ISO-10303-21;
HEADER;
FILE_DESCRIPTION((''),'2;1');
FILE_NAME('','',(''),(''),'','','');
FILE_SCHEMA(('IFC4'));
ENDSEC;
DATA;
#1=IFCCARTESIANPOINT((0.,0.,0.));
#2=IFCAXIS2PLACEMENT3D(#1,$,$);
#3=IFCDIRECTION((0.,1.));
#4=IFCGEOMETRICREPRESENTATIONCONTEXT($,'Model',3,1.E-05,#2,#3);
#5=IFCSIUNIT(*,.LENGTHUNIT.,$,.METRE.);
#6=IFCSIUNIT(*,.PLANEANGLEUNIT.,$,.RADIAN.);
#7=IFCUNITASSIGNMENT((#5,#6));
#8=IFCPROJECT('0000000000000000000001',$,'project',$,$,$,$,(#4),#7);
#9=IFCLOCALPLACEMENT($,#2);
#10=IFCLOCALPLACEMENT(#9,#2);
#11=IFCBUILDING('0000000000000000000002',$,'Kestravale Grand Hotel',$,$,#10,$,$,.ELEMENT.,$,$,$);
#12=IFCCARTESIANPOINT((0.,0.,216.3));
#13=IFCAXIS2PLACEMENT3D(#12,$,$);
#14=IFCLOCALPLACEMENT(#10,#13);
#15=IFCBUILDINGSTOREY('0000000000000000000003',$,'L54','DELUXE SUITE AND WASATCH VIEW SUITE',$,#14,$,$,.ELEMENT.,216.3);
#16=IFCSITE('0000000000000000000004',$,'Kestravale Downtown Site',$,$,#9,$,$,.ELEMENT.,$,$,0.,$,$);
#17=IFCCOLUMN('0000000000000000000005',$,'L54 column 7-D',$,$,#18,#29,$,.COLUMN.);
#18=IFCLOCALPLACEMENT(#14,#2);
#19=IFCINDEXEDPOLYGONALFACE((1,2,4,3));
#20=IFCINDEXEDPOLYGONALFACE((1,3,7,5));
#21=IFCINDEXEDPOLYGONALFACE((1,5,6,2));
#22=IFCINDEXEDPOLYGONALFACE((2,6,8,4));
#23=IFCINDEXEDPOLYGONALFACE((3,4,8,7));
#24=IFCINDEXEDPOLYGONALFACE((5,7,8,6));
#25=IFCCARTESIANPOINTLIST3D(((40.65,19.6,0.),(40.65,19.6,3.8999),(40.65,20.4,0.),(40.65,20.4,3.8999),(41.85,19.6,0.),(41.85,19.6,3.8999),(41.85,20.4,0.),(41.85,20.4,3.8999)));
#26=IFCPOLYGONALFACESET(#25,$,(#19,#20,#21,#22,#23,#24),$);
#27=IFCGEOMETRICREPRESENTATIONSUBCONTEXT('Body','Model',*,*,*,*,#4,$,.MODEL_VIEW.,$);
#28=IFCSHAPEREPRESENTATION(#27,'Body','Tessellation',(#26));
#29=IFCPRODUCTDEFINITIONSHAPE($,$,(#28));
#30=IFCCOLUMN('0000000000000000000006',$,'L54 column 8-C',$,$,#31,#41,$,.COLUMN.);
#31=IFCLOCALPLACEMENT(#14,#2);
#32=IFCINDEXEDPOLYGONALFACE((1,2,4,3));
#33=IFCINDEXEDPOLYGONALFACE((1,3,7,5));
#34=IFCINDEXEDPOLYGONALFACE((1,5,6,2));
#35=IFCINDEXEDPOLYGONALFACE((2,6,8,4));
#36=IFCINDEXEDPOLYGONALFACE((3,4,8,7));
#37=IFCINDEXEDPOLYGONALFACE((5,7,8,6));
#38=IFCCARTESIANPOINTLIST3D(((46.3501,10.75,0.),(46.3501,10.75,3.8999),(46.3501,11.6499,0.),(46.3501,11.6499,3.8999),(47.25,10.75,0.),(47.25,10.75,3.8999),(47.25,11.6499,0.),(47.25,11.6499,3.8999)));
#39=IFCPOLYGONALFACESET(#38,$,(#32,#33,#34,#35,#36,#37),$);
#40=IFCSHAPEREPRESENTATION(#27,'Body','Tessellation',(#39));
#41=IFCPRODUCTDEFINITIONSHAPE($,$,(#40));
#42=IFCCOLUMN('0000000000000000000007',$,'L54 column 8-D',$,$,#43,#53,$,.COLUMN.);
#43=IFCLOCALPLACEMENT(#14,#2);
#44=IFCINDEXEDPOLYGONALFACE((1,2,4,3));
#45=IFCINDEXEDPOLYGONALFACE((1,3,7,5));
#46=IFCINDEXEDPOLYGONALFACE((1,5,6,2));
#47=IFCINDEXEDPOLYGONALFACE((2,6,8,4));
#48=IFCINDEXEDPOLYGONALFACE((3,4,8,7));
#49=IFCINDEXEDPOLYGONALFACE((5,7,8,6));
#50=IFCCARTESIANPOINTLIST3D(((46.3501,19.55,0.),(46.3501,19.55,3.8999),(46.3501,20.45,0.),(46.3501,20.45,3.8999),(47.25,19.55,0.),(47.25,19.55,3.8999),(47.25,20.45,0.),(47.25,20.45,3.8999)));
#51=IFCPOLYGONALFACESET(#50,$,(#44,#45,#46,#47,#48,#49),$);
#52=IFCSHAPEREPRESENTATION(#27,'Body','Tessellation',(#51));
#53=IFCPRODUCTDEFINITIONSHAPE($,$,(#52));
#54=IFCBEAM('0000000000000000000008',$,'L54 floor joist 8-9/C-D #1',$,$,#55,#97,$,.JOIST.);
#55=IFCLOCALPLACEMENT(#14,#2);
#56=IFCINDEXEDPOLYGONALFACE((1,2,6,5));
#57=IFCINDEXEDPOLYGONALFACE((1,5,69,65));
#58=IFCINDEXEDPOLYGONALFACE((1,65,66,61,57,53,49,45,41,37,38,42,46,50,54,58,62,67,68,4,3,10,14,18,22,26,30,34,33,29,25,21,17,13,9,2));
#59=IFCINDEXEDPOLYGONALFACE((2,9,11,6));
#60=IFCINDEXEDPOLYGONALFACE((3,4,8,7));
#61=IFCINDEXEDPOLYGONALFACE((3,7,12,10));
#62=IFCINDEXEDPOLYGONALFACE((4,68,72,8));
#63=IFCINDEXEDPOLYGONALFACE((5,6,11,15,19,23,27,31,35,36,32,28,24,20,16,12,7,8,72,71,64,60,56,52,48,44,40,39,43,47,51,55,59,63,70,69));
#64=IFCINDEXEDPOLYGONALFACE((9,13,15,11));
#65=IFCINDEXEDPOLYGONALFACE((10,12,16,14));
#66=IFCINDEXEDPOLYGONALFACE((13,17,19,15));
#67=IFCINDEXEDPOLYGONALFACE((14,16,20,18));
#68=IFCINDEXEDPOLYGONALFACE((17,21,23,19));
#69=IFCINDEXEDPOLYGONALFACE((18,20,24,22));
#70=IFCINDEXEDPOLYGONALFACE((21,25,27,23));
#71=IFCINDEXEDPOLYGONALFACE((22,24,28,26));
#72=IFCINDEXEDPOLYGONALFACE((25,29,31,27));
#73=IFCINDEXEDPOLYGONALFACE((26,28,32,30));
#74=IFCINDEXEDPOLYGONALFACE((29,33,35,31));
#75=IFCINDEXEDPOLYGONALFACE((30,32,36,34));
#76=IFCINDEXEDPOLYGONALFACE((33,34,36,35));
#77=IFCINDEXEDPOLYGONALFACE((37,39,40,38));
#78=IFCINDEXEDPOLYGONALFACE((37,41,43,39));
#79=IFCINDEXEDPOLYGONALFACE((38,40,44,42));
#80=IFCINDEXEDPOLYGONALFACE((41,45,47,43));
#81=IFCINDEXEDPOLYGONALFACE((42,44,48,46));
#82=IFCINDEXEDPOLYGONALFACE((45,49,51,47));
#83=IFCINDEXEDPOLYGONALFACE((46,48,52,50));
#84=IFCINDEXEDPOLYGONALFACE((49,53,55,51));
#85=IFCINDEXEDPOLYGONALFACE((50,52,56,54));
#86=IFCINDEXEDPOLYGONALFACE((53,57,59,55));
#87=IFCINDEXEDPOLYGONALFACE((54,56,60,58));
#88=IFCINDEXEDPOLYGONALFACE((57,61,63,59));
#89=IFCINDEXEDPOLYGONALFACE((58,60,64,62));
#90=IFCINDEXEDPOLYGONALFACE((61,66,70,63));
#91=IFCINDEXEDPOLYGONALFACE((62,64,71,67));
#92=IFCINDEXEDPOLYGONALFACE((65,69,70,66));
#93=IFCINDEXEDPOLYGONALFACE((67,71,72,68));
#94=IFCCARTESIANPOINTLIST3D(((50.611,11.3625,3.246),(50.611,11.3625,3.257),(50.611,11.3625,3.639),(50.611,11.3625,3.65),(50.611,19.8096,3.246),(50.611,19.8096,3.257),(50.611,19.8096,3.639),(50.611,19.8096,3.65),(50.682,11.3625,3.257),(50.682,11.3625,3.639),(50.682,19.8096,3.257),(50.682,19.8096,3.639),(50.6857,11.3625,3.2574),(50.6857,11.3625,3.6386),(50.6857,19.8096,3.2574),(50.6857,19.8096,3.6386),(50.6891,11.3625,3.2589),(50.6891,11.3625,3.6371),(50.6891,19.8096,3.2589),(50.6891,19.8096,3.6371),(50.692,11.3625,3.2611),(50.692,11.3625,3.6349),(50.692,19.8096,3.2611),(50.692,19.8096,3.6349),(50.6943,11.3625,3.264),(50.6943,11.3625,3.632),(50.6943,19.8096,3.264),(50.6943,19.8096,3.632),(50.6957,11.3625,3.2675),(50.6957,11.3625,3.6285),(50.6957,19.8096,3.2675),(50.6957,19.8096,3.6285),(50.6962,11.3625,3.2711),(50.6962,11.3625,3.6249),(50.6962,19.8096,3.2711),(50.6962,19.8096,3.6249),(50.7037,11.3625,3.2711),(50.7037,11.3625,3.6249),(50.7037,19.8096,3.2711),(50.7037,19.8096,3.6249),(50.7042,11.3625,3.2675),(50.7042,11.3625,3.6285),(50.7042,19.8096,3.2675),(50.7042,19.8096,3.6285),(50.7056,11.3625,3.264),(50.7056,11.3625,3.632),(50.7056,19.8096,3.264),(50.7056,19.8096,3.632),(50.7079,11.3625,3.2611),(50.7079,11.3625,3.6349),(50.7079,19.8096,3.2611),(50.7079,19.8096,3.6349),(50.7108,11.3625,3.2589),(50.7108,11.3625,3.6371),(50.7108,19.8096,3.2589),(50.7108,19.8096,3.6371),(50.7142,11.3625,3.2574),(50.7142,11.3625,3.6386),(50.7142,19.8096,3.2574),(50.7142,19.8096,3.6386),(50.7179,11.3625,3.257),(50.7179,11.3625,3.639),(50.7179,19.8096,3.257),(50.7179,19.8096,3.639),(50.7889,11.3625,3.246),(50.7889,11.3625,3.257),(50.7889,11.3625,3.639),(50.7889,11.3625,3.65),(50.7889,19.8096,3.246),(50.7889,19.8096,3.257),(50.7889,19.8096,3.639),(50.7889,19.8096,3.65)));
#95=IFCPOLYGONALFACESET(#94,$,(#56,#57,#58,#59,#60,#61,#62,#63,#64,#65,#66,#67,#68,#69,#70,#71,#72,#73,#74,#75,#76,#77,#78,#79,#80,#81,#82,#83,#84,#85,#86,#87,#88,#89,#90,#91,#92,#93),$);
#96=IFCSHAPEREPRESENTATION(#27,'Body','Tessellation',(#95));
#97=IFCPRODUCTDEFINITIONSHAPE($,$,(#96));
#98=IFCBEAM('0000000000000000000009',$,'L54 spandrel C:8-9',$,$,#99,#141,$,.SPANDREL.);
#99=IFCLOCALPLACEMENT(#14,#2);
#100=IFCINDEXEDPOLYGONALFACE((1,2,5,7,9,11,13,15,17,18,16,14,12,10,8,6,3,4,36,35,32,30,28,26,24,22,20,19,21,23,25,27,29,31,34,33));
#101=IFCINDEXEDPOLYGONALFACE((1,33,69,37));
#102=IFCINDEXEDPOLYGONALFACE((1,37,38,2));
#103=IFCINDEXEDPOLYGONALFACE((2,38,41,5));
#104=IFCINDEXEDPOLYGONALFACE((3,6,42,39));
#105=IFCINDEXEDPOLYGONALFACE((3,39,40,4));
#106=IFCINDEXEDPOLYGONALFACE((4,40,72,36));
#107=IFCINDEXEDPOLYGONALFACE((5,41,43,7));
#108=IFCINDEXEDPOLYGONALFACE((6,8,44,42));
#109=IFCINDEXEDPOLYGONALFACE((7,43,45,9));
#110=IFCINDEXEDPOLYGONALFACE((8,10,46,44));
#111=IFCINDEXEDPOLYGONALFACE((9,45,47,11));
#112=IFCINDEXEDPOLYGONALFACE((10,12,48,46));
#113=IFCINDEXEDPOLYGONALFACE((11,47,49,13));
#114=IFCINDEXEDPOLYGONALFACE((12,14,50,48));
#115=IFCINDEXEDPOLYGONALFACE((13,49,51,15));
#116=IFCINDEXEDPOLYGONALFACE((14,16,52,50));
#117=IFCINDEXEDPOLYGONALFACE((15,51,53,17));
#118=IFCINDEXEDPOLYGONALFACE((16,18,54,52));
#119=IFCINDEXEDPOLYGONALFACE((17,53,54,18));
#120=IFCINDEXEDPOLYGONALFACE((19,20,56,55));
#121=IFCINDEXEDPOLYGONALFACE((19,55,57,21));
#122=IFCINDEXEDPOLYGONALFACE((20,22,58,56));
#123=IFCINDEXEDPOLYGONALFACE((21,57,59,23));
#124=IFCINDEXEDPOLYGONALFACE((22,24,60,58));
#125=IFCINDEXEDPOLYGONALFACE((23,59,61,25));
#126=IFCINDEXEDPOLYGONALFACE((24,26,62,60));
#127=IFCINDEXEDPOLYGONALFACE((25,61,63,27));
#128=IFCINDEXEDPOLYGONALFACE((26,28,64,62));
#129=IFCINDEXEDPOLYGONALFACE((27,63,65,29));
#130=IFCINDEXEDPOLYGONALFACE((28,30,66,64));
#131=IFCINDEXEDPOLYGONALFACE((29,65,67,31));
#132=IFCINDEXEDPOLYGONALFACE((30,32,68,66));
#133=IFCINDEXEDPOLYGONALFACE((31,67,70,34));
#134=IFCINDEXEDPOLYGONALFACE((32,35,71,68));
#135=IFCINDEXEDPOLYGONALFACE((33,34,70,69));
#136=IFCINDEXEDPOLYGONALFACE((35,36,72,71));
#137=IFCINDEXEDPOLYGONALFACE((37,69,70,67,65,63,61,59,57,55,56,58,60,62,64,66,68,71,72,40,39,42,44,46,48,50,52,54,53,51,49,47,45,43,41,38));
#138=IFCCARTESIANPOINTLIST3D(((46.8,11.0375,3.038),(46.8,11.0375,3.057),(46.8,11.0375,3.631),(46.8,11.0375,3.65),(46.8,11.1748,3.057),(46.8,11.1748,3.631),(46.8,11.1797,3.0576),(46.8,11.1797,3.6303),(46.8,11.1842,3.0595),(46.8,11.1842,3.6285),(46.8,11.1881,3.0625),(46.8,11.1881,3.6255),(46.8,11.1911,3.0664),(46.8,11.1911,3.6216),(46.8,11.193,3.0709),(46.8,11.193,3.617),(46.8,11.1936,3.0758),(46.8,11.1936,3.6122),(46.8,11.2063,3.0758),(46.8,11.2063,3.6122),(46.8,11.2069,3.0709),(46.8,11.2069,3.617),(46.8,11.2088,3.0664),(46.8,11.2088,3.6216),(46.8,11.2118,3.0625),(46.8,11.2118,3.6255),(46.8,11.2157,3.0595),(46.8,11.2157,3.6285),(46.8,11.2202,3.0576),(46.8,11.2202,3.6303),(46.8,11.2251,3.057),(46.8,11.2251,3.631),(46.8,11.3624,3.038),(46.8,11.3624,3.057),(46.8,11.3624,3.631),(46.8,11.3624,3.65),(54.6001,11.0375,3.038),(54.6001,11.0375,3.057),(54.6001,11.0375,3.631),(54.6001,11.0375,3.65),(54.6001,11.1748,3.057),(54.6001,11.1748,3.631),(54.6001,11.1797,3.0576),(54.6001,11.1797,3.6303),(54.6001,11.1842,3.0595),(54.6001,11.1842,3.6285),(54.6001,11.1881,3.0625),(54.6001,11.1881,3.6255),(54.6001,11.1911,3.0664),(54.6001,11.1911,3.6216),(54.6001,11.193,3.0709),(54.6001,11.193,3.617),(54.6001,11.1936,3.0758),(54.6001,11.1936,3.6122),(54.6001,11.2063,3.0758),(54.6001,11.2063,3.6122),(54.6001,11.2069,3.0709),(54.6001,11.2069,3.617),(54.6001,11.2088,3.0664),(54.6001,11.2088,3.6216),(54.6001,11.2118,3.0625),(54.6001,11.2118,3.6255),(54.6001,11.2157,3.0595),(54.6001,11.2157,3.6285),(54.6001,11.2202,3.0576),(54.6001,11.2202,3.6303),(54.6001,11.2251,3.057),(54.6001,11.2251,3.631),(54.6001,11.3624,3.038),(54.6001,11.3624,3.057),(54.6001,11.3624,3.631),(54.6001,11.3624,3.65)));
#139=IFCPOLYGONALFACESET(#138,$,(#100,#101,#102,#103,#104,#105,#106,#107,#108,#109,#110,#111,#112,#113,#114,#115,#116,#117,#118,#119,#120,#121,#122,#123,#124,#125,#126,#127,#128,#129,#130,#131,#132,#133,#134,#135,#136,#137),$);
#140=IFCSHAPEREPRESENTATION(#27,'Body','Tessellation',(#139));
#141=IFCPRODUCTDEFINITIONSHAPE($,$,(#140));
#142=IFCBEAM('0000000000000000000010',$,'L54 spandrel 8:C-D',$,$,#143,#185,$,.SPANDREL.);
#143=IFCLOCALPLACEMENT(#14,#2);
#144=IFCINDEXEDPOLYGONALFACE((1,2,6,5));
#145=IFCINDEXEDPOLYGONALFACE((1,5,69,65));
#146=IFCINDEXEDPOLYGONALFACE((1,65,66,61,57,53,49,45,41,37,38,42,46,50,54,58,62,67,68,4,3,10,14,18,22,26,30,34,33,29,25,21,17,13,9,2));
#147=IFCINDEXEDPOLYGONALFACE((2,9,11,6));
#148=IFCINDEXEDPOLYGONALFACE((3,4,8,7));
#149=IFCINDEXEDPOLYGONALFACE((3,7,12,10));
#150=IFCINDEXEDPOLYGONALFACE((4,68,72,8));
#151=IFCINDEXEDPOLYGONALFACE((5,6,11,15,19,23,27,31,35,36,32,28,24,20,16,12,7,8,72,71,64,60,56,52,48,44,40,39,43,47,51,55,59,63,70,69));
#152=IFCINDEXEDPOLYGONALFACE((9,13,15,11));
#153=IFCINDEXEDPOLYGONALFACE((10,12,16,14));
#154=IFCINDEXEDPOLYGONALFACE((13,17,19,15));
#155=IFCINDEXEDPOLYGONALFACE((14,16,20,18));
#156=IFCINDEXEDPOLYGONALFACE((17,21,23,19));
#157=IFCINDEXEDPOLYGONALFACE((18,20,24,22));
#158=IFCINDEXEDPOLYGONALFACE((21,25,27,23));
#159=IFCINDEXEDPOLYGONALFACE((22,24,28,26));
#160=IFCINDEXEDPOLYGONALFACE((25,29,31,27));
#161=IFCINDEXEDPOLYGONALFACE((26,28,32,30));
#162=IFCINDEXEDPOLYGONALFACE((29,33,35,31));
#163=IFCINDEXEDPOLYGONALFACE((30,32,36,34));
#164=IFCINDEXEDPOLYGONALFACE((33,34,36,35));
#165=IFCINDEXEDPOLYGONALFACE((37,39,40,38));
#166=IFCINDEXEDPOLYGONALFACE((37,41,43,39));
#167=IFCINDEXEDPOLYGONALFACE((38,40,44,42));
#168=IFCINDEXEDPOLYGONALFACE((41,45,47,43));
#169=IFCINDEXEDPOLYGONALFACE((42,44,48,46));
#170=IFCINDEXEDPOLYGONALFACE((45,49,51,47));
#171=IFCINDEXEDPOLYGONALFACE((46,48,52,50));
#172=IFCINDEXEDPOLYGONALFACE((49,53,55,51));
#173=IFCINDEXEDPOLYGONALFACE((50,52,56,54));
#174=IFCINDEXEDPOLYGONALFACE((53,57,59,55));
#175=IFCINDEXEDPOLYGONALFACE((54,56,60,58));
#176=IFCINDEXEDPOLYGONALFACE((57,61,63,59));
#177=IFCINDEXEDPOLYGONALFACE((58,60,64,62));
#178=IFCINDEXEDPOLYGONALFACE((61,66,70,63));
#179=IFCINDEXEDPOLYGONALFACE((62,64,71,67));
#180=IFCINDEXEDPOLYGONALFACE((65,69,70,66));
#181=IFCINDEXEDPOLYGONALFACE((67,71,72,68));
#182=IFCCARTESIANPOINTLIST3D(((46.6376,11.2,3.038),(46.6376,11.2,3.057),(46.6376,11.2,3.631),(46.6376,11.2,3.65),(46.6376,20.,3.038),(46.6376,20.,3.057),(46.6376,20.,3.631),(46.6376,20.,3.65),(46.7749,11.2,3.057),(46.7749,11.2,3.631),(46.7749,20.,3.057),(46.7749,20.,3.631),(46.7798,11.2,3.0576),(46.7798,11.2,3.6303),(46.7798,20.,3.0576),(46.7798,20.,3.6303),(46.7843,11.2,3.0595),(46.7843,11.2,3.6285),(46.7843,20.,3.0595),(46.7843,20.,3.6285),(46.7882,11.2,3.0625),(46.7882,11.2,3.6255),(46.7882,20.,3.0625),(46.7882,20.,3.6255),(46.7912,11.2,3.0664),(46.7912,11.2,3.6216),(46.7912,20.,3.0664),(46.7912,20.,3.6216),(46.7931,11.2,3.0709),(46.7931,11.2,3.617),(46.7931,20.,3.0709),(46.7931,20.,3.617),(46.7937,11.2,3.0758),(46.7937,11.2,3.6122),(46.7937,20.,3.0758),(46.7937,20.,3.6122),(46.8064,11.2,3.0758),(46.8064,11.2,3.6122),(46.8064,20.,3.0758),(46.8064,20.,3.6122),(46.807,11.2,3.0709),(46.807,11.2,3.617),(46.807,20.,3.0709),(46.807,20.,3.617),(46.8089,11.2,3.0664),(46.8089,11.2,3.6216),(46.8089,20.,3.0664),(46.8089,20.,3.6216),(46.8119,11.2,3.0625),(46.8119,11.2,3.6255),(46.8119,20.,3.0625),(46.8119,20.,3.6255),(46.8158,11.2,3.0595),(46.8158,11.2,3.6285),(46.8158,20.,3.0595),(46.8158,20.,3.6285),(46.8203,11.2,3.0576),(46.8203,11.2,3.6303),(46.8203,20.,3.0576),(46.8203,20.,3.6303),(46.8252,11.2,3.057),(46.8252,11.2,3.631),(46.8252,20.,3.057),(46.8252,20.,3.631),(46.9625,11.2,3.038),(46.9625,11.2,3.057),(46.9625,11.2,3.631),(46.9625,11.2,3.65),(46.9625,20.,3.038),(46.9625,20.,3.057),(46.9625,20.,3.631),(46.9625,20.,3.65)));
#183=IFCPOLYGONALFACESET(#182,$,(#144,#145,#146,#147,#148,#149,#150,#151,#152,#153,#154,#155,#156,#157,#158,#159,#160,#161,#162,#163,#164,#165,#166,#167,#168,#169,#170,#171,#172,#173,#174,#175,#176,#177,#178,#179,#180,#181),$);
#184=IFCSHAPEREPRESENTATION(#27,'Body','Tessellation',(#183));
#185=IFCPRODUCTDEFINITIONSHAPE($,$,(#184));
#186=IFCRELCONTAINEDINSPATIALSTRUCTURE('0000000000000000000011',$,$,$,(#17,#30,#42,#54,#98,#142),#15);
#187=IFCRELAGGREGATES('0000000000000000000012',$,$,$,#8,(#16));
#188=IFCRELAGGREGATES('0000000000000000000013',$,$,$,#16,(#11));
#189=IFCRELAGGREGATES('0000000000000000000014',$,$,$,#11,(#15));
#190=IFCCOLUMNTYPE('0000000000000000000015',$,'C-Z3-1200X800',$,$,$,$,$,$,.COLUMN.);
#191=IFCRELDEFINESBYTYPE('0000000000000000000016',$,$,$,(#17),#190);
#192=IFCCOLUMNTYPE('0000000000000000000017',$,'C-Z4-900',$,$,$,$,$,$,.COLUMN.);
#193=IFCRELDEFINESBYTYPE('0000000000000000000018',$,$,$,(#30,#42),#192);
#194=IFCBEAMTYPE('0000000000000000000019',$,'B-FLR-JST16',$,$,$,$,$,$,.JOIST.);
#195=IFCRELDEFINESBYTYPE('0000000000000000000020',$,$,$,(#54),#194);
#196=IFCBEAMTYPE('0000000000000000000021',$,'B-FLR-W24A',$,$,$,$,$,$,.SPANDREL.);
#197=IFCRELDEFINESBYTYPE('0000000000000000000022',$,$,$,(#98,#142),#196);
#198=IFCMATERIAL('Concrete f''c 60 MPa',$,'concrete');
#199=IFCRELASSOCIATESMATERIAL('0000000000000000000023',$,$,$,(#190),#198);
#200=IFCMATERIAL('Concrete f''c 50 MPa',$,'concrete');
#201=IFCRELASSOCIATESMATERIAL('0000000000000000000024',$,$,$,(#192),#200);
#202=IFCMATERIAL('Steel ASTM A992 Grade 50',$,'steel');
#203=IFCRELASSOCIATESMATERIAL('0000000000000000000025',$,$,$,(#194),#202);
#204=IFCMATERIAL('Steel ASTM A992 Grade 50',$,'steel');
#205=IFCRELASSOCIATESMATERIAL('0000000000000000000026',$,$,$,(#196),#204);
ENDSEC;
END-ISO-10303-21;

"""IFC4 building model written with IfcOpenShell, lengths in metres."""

from ifc_helpers import new_model, si_unit, direction, frame, origin, origin_2d, place, context, subcontext, project, spatial, rectangle, i_section, extrude, material, material_profile, profile_set, type_object, element, save


model = new_model("IFC4")

# Units and contexts
model_context = context("Model", 3, precision=1e-05, world=origin(), true_north=direction((0.0, 1.0)))
body_context = subcontext(model_context, "Body", "Model", "MODEL_VIEW")
ifc_project = project(units=[si_unit("LENGTHUNIT", "METRE"), si_unit("PLANEANGLEUNIT", "RADIAN")], contexts=[model_context])

# Site, building, storey
site_placement = place(None, origin())
site = spatial("IfcSite", under=ifc_project, at=site_placement, Name="Kestravale Downtown Site", CompositionType="ELEMENT", RefElevation=0.0)
building_placement = place(site_placement, origin())
building = spatial("IfcBuilding", under=site, at=building_placement, Name="Kestravale Grand Hotel", CompositionType="ELEMENT")
storey_placement = place(building_placement, frame((0.0, 0.0, 216.3)))
storey = spatial("IfcBuildingStorey", under=building, at=storey_placement, Name="L54", Description="DELUXE SUITE AND WASATCH VIEW SUITE", CompositionType="ELEMENT", Elevation=216.3)

# Columns
ifc_material_1 = material(Name="Concrete f'c 60 MPa", Category="concrete")
ifc_material_profile_1 = material_profile(ifc_material_1, rectangle(XDim=1.2, YDim=0.8, at=origin_2d()))
ifc_profile_set_1 = profile_set([ifc_material_profile_1], Name="Concrete f'c 60 MPa")
column_type_1 = type_object("IfcColumnType", Name="C-Z3-1200X800", PredefinedType="COLUMN", material=ifc_profile_set_1)
column_placement = place(storey_placement, frame((41.25, 20.0, 0.0), z_axis=(0.0, 0.0, 1.0), x_axis=(1.0, 0.0, 0.0)))
element("IfcColumn", 1, at=column_placement, inside=storey, type_object=column_type_1, Name="L54 column 7-D", PredefinedType="COLUMN", context=body_context, shape_type="SweptSolid", body=[
    extrude(rectangle(XDim=1.2, YDim=0.8, at=origin_2d()), origin(), (0.0, 0.0, 1.0), 3.8999),
])
ifc_material_2 = material(Name="Concrete f'c 50 MPa", Category="concrete")
ifc_material_profile_2 = material_profile(ifc_material_2, rectangle(XDim=0.8999, YDim=0.8999, at=origin_2d()))
ifc_profile_set_2 = profile_set([ifc_material_profile_2], Name="Concrete f'c 50 MPa")
column_type_2 = type_object("IfcColumnType", Name="C-Z4-900", PredefinedType="COLUMN", material=ifc_profile_set_2)
for number, where, z_axis, x_axis, name in (
    (2, (46.8, 11.2, 0.0), (0.0, 0.0, 1.0), (1.0, 0.0, 0.0), "L54 column 8-C"),
    (3, (46.8, 20.0, 0.0), (0.0, 0.0, 1.0), (1.0, 0.0, 0.0), "L54 column 8-D"),
):
    element("IfcColumn", number, at=place(storey_placement, frame(where, z_axis=z_axis, x_axis=x_axis)), inside=storey, type_object=column_type_2, Name=name, PredefinedType="COLUMN", context=body_context, shape_type="SweptSolid", body=[
        extrude(rectangle(XDim=0.8999, YDim=0.8999, at=origin_2d()), origin(), (0.0, 0.0, 1.0), 3.8999),
    ])

# Beams
ifc_material_3 = material(Name="Steel ASTM A992 Grade 50", Category="steel")
ifc_material_profile_3 = material_profile(ifc_material_3, i_section(OverallWidth=0.178, OverallDepth=0.4041, WebThickness=0.0076, FlangeThickness=0.011, FilletRadius=0.0142, at=origin_2d()))
ifc_profile_set_3 = profile_set([ifc_material_profile_3], Name="Steel ASTM A992 Grade 50")
beam_type_1 = type_object("IfcBeamType", Name="B-FLR-JST16", PredefinedType="JOIST", material=ifc_profile_set_3)
beam_1_placement = place(storey_placement, frame((50.7, 11.3625, 3.448), z_axis=(0.0, 1.0, 0.0), x_axis=(-1.0, 0.0, 0.0)))
element("IfcBeam", 4, at=beam_1_placement, inside=storey, type_object=beam_type_1, Name="L54 floor joist 8-9/C-D #1", PredefinedType="JOIST", context=body_context, shape_type="SweptSolid", body=[
    extrude(i_section(OverallWidth=0.178, OverallDepth=0.4041, WebThickness=0.0076, FlangeThickness=0.011, FilletRadius=0.0142, at=origin_2d()), origin(), (0.0, 0.0, 1.0), 8.447),
])
ifc_material_4 = material(Name="Steel ASTM A992 Grade 50", Category="steel")
ifc_material_profile_4 = material_profile(ifc_material_4, i_section(OverallWidth=0.325, OverallDepth=0.6121, WebThickness=0.0127, FlangeThickness=0.019, FilletRadius=0.0188, at=origin_2d()))
ifc_profile_set_4 = profile_set([ifc_material_profile_4], Name="Steel ASTM A992 Grade 50")
beam_type_2 = type_object("IfcBeamType", Name="B-FLR-W24A", PredefinedType="SPANDREL", material=ifc_profile_set_4)
beam_2_placement = place(storey_placement, frame((46.8, 11.2, 3.344), z_axis=(1.0, 0.0, 0.0), x_axis=(0.0, 1.0, 0.0)))
element("IfcBeam", 5, at=beam_2_placement, inside=storey, type_object=beam_type_2, Name="L54 spandrel C:8-9", PredefinedType="SPANDREL", context=body_context, shape_type="SweptSolid", body=[
    extrude(i_section(OverallWidth=0.325, OverallDepth=0.6121, WebThickness=0.0127, FlangeThickness=0.019, FilletRadius=0.0188, at=origin_2d()), origin(), (0.0, 0.0, 1.0), 7.8),
])
beam_3_placement = place(storey_placement, frame((46.8, 11.2, 3.344), z_axis=(0.0, 1.0, 0.0), x_axis=(-1.0, 0.0, 0.0)))
element("IfcBeam", 6, at=beam_3_placement, inside=storey, type_object=beam_type_2, Name="L54 spandrel 8:C-D", PredefinedType="SPANDREL", context=body_context, shape_type="SweptSolid", body=[
    extrude(i_section(OverallWidth=0.325, OverallDepth=0.6121, WebThickness=0.0127, FlangeThickness=0.019, FilletRadius=0.0188, at=origin_2d()), origin(), (0.0, 0.0, 1.0), 8.8),
])

save(model, "model.ifc")
